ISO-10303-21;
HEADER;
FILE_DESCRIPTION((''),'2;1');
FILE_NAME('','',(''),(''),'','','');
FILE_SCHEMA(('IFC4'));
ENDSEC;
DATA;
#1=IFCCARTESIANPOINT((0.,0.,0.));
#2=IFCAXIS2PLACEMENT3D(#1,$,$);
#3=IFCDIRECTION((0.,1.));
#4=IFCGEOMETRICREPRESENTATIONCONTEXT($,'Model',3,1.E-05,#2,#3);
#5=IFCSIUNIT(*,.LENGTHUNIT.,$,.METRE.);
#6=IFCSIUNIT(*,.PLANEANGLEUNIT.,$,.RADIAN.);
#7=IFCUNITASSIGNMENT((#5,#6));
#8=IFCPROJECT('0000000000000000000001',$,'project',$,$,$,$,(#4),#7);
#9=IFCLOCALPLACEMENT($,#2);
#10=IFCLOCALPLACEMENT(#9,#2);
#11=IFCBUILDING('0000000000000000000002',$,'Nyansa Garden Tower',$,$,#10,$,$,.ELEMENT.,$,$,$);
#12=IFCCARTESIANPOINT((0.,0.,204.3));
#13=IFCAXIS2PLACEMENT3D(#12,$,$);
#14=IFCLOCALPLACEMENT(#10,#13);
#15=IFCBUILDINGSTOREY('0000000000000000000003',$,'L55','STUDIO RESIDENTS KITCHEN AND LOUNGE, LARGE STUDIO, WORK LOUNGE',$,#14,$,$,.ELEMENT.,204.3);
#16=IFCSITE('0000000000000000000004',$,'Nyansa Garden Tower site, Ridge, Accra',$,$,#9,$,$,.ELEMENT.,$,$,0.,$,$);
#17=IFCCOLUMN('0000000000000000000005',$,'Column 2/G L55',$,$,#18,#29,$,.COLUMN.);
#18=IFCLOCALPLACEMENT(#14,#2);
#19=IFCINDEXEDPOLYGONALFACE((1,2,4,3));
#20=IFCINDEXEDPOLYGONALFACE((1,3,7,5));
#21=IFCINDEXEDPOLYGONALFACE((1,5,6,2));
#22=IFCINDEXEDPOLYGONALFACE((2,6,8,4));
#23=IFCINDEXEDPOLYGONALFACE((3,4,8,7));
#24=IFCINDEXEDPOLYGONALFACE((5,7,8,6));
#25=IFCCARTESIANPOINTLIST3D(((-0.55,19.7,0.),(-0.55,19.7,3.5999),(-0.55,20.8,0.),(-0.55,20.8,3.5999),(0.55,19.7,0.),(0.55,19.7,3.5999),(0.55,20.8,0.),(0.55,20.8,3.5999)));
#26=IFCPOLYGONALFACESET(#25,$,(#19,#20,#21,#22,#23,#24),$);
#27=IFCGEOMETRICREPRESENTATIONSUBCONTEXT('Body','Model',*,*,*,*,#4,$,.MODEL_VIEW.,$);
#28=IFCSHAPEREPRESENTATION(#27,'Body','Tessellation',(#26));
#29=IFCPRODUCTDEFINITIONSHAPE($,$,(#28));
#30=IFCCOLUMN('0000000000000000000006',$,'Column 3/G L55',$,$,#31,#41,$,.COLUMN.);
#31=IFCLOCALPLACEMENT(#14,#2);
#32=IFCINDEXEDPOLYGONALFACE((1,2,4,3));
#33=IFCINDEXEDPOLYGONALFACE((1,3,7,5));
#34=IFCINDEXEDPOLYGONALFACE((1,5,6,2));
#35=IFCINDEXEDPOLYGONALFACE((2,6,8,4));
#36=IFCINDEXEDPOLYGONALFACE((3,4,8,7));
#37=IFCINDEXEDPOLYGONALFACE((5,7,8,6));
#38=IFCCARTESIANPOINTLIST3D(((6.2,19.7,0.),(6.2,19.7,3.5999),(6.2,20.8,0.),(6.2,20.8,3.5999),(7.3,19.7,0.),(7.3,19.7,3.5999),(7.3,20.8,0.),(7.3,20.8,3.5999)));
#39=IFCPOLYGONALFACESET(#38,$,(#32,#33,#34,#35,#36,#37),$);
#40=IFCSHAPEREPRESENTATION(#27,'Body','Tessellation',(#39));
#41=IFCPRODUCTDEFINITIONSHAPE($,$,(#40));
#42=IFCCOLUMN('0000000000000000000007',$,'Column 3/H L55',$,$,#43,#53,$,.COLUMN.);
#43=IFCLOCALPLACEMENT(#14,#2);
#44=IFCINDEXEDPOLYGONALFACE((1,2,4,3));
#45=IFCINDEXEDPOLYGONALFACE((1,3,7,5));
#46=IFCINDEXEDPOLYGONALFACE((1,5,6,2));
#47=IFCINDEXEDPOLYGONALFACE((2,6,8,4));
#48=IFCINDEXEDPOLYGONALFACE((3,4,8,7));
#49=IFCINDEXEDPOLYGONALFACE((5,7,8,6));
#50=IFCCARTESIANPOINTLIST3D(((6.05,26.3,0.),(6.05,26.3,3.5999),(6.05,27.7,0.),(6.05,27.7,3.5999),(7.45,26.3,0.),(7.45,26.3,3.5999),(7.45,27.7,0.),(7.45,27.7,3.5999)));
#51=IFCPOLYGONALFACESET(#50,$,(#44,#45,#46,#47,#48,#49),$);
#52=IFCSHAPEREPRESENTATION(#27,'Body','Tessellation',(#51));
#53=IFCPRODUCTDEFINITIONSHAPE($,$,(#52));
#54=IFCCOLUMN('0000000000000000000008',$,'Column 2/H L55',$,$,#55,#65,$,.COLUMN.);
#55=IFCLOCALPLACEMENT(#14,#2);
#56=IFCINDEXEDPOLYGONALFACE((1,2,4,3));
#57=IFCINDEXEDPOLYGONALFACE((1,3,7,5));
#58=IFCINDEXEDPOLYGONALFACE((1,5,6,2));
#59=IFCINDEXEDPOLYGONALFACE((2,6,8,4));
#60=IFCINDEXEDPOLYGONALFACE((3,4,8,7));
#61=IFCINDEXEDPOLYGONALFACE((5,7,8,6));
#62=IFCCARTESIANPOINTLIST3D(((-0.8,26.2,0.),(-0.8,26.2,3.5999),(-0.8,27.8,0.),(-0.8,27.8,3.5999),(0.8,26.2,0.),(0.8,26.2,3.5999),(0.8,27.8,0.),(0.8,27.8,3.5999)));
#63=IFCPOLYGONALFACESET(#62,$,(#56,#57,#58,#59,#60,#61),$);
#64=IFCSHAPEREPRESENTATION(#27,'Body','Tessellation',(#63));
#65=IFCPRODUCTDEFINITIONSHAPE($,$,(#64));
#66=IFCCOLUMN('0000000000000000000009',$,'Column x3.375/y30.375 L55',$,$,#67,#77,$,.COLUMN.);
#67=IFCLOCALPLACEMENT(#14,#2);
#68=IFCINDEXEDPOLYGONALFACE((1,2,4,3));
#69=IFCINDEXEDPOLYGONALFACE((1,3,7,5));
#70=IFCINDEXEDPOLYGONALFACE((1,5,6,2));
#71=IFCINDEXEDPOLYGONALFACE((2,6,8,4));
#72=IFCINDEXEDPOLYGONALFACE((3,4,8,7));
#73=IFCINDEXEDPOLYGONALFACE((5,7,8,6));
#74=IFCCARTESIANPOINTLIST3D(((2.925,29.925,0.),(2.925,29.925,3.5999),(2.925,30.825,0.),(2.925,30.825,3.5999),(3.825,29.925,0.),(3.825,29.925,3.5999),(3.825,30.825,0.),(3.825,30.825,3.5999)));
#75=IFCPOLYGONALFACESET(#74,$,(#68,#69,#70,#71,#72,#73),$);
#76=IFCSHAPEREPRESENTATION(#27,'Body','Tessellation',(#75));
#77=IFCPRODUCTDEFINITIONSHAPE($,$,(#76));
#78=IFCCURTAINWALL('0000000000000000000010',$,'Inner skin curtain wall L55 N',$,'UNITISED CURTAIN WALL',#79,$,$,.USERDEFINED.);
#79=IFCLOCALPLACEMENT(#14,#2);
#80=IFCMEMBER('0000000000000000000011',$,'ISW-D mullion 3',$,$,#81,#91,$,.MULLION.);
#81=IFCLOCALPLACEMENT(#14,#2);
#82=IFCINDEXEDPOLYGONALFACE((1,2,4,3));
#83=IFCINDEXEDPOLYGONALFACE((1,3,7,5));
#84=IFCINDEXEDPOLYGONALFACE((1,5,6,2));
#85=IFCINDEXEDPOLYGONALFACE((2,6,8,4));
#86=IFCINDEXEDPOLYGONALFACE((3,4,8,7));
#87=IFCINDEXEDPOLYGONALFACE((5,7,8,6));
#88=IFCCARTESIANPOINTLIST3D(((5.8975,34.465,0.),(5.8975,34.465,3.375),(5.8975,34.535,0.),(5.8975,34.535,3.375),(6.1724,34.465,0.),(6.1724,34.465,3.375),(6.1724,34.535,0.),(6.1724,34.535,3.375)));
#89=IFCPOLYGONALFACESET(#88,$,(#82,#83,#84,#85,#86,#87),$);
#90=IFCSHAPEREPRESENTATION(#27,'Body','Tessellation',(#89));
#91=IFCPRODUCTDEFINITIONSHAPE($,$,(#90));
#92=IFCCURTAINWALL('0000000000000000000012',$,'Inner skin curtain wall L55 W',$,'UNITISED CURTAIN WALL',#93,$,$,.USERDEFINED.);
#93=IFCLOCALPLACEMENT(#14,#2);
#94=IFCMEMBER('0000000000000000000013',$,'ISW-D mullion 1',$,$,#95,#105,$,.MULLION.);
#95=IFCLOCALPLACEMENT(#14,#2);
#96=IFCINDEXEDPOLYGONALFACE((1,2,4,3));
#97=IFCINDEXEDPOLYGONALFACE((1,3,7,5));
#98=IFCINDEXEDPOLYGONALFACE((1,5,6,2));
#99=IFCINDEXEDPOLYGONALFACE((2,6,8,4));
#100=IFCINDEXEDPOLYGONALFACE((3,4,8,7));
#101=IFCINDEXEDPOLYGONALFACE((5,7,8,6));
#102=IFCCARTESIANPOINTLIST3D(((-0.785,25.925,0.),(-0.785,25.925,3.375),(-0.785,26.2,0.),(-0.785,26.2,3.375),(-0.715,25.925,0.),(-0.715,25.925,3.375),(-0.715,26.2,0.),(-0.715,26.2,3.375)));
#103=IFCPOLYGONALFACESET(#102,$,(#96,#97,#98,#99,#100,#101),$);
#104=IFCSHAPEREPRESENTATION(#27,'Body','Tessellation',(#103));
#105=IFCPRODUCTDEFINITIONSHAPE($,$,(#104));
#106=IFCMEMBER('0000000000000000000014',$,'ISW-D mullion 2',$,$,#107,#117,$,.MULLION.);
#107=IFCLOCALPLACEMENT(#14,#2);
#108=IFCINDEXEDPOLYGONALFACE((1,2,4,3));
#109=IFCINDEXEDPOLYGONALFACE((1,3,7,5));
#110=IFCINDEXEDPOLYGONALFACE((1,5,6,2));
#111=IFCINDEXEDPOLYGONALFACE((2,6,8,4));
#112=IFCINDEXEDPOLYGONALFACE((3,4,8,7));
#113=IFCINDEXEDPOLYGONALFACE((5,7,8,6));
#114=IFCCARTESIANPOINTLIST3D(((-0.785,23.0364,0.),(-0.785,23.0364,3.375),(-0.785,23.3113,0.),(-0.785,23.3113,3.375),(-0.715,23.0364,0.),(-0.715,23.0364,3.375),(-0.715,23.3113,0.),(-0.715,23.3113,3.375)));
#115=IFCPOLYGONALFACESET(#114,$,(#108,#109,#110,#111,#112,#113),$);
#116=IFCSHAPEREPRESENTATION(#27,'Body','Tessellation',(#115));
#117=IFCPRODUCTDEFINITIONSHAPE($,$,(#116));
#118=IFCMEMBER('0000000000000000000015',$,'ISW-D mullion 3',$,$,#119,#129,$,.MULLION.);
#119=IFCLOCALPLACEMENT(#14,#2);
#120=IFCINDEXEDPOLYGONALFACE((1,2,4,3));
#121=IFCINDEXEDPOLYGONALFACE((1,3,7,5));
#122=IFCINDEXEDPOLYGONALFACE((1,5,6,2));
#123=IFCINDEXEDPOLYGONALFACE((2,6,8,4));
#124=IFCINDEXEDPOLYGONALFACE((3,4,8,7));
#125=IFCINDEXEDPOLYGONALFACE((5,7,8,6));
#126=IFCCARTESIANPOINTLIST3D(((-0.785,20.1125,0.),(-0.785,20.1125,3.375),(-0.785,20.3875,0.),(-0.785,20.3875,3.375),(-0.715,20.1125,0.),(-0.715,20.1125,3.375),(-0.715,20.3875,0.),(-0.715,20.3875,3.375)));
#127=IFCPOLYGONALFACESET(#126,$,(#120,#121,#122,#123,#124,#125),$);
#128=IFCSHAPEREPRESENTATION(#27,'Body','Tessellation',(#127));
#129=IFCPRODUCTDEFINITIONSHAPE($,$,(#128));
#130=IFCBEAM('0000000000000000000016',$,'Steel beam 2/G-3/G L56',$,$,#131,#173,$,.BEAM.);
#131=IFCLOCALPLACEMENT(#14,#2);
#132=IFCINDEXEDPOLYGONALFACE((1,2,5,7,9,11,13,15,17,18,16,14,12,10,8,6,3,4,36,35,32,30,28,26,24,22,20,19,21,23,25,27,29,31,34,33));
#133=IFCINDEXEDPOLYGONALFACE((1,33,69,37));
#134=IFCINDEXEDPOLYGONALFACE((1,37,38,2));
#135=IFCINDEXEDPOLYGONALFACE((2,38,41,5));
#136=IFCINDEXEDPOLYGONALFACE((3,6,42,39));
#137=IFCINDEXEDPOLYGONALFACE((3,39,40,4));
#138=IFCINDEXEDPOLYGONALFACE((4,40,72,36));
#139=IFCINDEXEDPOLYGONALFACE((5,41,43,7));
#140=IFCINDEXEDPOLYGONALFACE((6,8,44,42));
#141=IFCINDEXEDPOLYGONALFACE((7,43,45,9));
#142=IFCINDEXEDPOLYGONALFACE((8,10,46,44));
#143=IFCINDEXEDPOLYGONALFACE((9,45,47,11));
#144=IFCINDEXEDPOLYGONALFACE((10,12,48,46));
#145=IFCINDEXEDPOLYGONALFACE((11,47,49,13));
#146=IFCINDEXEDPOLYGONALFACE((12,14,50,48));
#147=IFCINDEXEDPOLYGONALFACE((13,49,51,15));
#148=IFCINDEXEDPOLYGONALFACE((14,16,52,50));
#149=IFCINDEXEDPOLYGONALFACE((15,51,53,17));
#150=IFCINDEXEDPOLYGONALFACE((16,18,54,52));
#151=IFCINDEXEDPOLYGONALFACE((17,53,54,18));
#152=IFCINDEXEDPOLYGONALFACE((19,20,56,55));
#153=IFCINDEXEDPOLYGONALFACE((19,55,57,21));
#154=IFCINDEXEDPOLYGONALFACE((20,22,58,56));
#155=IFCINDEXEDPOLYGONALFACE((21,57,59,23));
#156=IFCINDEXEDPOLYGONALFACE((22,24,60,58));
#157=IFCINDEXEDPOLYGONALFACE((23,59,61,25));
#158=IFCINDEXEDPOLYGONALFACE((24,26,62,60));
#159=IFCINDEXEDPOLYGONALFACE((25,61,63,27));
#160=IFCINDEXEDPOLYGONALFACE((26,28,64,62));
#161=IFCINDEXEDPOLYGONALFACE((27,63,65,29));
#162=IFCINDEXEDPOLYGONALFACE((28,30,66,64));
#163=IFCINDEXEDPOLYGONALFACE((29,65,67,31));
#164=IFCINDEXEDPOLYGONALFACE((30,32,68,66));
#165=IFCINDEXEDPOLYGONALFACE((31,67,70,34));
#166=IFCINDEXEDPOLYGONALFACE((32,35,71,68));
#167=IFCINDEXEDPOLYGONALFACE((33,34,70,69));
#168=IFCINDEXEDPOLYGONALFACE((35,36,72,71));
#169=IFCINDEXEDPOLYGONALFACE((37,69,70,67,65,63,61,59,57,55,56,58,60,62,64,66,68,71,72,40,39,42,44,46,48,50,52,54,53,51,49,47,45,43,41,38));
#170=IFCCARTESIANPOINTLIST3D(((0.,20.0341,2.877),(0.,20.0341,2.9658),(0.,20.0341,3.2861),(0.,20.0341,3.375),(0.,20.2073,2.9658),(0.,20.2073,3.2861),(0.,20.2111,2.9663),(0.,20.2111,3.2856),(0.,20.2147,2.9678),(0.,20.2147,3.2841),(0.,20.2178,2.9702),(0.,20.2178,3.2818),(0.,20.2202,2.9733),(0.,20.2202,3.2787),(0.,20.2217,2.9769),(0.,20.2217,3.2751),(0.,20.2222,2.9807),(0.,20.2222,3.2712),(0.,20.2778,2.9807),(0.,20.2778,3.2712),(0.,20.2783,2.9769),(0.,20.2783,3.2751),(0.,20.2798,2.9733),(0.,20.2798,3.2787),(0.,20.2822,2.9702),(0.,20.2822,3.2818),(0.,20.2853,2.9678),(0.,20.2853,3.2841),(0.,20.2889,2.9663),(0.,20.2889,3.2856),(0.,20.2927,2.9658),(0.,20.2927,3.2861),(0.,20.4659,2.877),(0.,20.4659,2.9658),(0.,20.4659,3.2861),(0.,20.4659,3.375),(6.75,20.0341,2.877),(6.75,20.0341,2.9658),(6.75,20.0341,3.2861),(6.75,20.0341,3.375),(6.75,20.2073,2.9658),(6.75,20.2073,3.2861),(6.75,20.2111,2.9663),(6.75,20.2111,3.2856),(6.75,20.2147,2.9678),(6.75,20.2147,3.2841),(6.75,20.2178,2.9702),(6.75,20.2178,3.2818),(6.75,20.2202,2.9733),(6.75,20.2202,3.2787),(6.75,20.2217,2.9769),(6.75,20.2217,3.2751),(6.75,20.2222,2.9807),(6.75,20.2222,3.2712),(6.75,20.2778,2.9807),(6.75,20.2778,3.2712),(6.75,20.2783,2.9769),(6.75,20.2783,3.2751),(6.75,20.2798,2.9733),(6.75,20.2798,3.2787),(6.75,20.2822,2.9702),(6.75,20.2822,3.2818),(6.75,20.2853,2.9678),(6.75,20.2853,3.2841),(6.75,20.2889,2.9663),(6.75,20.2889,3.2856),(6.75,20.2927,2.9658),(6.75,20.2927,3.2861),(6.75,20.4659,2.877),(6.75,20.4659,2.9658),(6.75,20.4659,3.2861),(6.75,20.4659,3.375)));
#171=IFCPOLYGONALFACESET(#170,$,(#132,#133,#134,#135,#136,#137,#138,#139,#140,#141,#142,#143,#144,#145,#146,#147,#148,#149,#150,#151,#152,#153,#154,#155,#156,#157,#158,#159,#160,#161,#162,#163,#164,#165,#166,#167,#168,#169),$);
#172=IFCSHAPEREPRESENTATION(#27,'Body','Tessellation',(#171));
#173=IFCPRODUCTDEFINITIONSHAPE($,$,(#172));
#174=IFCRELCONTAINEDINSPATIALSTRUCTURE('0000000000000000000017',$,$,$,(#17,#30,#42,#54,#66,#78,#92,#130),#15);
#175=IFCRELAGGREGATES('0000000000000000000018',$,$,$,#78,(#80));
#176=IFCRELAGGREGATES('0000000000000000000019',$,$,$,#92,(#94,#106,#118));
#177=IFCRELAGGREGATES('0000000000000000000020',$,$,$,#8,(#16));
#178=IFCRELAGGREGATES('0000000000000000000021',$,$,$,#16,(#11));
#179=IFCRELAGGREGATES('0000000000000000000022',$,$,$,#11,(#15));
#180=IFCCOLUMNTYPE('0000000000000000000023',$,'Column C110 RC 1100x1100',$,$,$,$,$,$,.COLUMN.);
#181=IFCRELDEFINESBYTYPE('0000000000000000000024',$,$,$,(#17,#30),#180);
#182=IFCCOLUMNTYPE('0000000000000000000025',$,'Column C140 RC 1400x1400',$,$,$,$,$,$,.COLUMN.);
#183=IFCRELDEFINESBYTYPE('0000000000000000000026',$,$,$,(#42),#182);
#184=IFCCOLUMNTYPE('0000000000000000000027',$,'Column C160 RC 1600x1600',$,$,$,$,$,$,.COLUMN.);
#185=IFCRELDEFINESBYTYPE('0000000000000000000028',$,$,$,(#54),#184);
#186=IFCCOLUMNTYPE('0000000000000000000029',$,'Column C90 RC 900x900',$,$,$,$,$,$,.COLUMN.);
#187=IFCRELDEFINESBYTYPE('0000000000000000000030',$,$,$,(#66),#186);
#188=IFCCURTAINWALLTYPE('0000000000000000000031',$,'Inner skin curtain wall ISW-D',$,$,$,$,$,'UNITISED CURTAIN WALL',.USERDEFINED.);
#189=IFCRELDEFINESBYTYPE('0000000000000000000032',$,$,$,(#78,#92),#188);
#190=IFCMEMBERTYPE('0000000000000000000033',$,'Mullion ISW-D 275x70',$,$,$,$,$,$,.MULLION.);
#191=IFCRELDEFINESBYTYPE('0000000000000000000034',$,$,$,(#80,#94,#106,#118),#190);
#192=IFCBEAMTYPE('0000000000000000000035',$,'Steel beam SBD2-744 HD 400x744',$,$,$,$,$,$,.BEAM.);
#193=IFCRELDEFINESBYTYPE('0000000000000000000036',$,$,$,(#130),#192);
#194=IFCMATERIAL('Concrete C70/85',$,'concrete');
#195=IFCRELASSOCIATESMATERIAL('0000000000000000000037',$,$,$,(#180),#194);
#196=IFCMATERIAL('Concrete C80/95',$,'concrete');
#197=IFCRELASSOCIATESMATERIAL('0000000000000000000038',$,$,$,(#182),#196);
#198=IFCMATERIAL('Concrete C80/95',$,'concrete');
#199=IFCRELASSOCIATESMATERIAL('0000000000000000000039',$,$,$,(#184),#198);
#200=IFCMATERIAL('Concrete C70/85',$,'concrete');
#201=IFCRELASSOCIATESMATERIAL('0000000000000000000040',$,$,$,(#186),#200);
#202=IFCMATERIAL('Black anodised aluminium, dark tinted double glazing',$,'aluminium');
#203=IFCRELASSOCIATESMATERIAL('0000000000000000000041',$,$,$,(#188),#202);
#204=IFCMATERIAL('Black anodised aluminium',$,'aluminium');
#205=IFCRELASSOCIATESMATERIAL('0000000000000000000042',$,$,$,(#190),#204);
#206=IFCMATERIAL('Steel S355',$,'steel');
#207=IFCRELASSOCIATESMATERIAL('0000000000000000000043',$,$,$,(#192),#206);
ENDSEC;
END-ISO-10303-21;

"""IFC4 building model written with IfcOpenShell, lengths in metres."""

from ifc_helpers import new_model, si_unit, direction, frame, origin, origin_2d, place, context, subcontext, project, spatial, rectangle, i_section, extrude, material, material_profile, profile_set, type_object, element, aggregate, save


model = new_model("IFC4")

# Units and contexts
model_context = context("Model", 3, precision=1e-05, world=origin(), true_north=direction((0.0, 1.0)))
body_context = subcontext(model_context, "Body", "Model", "MODEL_VIEW")
ifc_project = project(units=[si_unit("LENGTHUNIT", "METRE"), si_unit("PLANEANGLEUNIT", "RADIAN")], contexts=[model_context])

# Site, building, storey
site_placement = place(None, origin())
site = spatial("IfcSite", under=ifc_project, at=site_placement, Name="Nyansa Garden Tower site, Ridge, Accra", CompositionType="ELEMENT", RefElevation=0.0)
building_placement = place(site_placement, origin())
building = spatial("IfcBuilding", under=site, at=building_placement, Name="Nyansa Garden Tower", CompositionType="ELEMENT")
storey_placement = place(building_placement, frame((0.0, 0.0, 204.3)))
storey = spatial("IfcBuildingStorey", under=building, at=storey_placement, Name="L55", Description="STUDIO RESIDENTS KITCHEN AND LOUNGE, LARGE STUDIO, WORK LOUNGE", CompositionType="ELEMENT", Elevation=204.3)

# Columns
ifc_material_1 = material(Name="Concrete C70/85", Category="concrete")
ifc_material_profile_1 = material_profile(ifc_material_1, rectangle(XDim=1.1001, YDim=1.1001, at=origin_2d()), Name="RC 1100x1100")
ifc_profile_set_1 = profile_set([ifc_material_profile_1], Name="Concrete C70/85")
column_type_1 = type_object("IfcColumnType", Name="Column C110 RC 1100x1100", PredefinedType="COLUMN", material=ifc_profile_set_1)
for number, where, z_axis, x_axis, name in (
    (1, (0.0, 20.25, 0.0), (0.0, 0.0, 1.0), (1.0, 0.0, 0.0), "Column 2/G L55"),
    (2, (6.75, 20.25, 0.0), (0.0, 0.0, 1.0), (1.0, 0.0, 0.0), "Column 3/G L55"),
):
    element("IfcColumn", number, at=place(storey_placement, frame(where, z_axis=z_axis, x_axis=x_axis)), inside=storey, type_object=column_type_1, Name=name, PredefinedType="COLUMN", context=body_context, shape_type="SweptSolid", body=[
        extrude(rectangle(XDim=1.1001, YDim=1.1001, at=origin_2d()), origin(), (0.0, 0.0, 1.0), 3.5999),
    ])
ifc_material_2 = material(Name="Concrete C80/95", Category="concrete")
ifc_material_profile_2 = material_profile(ifc_material_2, rectangle(XDim=1.3999, YDim=1.3999, at=origin_2d()), Name="RC 1400x1400")
ifc_profile_set_2 = profile_set([ifc_material_profile_2], Name="Concrete C80/95")
column_type_2 = type_object("IfcColumnType", Name="Column C140 RC 1400x1400", PredefinedType="COLUMN", material=ifc_profile_set_2)
column_1_placement = place(storey_placement, frame((6.75, 27.0, 0.0), z_axis=(0.0, 0.0, 1.0), x_axis=(1.0, 0.0, 0.0)))
element("IfcColumn", 3, at=column_1_placement, inside=storey, type_object=column_type_2, Name="Column 3/H L55", PredefinedType="COLUMN", context=body_context, shape_type="SweptSolid", body=[
    extrude(rectangle(XDim=1.3999, YDim=1.3999, at=origin_2d()), origin(), (0.0, 0.0, 1.0), 3.5999),
])
ifc_material_3 = material(Name="Concrete C80/95", Category="concrete")
ifc_material_profile_3 = material_profile(ifc_material_3, rectangle(XDim=1.6001, YDim=1.6001, at=origin_2d()), Name="RC 1600x1600")
ifc_profile_set_3 = profile_set([ifc_material_profile_3], Name="Concrete C80/95")
column_type_3 = type_object("IfcColumnType", Name="Column C160 RC 1600x1600", PredefinedType="COLUMN", material=ifc_profile_set_3)
column_2_placement = place(storey_placement, frame((0.0, 27.0, 0.0), z_axis=(0.0, 0.0, 1.0), x_axis=(1.0, 0.0, 0.0)))
element("IfcColumn", 4, at=column_2_placement, inside=storey, type_object=column_type_3, Name="Column 2/H L55", PredefinedType="COLUMN", context=body_context, shape_type="SweptSolid", body=[
    extrude(rectangle(XDim=1.6001, YDim=1.6001, at=origin_2d()), origin(), (0.0, 0.0, 1.0), 3.5999),
])
ifc_material_4 = material(Name="Concrete C70/85", Category="concrete")
ifc_material_profile_4 = material_profile(ifc_material_4, rectangle(XDim=0.8999, YDim=0.8999, at=origin_2d()), Name="RC 900x900")
ifc_profile_set_4 = profile_set([ifc_material_profile_4], Name="Concrete C70/85")
column_type_4 = type_object("IfcColumnType", Name="Column C90 RC 900x900", PredefinedType="COLUMN", material=ifc_profile_set_4)
column_3_placement = place(storey_placement, frame((3.375, 30.375, 0.0), z_axis=(0.0, 0.0, 1.0), x_axis=(1.0, 0.0, 0.0)))
element("IfcColumn", 5, at=column_3_placement, inside=storey, type_object=column_type_4, Name="Column x3.375/y30.375 L55", PredefinedType="COLUMN", context=body_context, shape_type="SweptSolid", body=[
    extrude(rectangle(XDim=0.8999, YDim=0.8999, at=origin_2d()), origin(), (0.0, 0.0, 1.0), 3.5999),
])

# Curtain wall, member
ifc_material_5 = material(Name="Black anodised aluminium, dark tinted double glazing", Category="aluminium")
curtain_wall_type = type_object("IfcCurtainWallType", Name="Inner skin curtain wall ISW-D", ElementType="UNITISED CURTAIN WALL", PredefinedType="USERDEFINED", material=ifc_material_5)
curtain_wall_1_placement = place(storey_placement, origin())
curtain_wall_1 = element("IfcCurtainWall", 6, at=curtain_wall_1_placement, inside=storey, type_object=curtain_wall_type, Name="Inner skin curtain wall L55 N", ObjectType="UNITISED CURTAIN WALL", PredefinedType="USERDEFINED")
ifc_material_6 = material(Name="Black anodised aluminium", Category="aluminium")
ifc_material_profile_5 = material_profile(ifc_material_6, rectangle(XDim=0.0701, YDim=0.2749, at=origin_2d()), Name="Mullion 275x70")
ifc_profile_set_5 = profile_set([ifc_material_profile_5], Name="Black anodised aluminium")
member_type_1 = type_object("IfcMemberType", Name="Mullion ISW-D 275x70", PredefinedType="MULLION", material=ifc_profile_set_5)
member_1_placement = place(storey_placement, frame((6.0349, 34.5, 0.0), z_axis=(0.0, 0.0, 1.0), x_axis=(0.0, -1.0, 0.0)))
member_1 = element("IfcMember", 7, at=member_1_placement, type_object=member_type_1, Name="ISW-D mullion 3", PredefinedType="MULLION", context=body_context, shape_type="SweptSolid", body=[
    extrude(rectangle(XDim=0.0701, YDim=0.2749, at=origin_2d()), origin(), (0.0, 0.0, 1.0), 3.375),
])
aggregate(curtain_wall_1, [member_1])

# Curtain wall, members
curtain_wall_2_placement = place(storey_placement, origin())
curtain_wall_2 = element("IfcCurtainWall", 8, at=curtain_wall_2_placement, inside=storey, type_object=curtain_wall_type, Name="Inner skin curtain wall L55 W", ObjectType="UNITISED CURTAIN WALL", PredefinedType="USERDEFINED")
member_2_placement = place(storey_placement, frame((-0.75, 26.0625, 0.0), z_axis=(0.0, 0.0, 1.0), x_axis=(1.0, 0.0, 0.0)))
member_2 = element("IfcMember", 9, at=member_2_placement, type_object=member_type_1, Name="ISW-D mullion 1", PredefinedType="MULLION", context=body_context, shape_type="SweptSolid", body=[
    extrude(rectangle(XDim=0.0701, YDim=0.2749, at=origin_2d()), origin(), (0.0, 0.0, 1.0), 3.375),
])
member_3_placement = place(storey_placement, frame((-0.75, 23.1738, 0.0), z_axis=(0.0, 0.0, 1.0), x_axis=(1.0, 0.0, 0.0)))
member_3 = element("IfcMember", 10, at=member_3_placement, type_object=member_type_1, Name="ISW-D mullion 2", PredefinedType="MULLION", context=body_context, shape_type="SweptSolid", body=[
    extrude(rectangle(XDim=0.0701, YDim=0.2749, at=origin_2d()), origin(), (0.0, 0.0, 1.0), 3.375),
])
member_4_placement = place(storey_placement, frame((-0.75, 20.25, 0.0), z_axis=(0.0, 0.0, 1.0), x_axis=(1.0, 0.0, 0.0)))
member_4 = element("IfcMember", 11, at=member_4_placement, type_object=member_type_1, Name="ISW-D mullion 3", PredefinedType="MULLION", context=body_context, shape_type="SweptSolid", body=[
    extrude(rectangle(XDim=0.0701, YDim=0.2749, at=origin_2d()), origin(), (0.0, 0.0, 1.0), 3.375),
])

# Beam
ifc_material_7 = material(Name="Steel S355", Category="steel")
ifc_material_profile_6 = material_profile(ifc_material_7, i_section(OverallWidth=0.4319, OverallDepth=0.498, WebThickness=0.0557, FlangeThickness=0.0889, FilletRadius=0.0149, at=origin_2d()), Name="HD 400x744")
ifc_profile_set_6 = profile_set([ifc_material_profile_6], Name="Steel S355")
beam_type_1 = type_object("IfcBeamType", Name="Steel beam SBD2-744 HD 400x744", PredefinedType="BEAM", material=ifc_profile_set_6)
for number, where, z_axis, x_axis, name in (
    (12, (0.0, 20.25, 3.126), (1.0, 0.0, 0.0), (0.0, 1.0, 0.0), "Steel beam 2/G-3/G L56"),
):
    element("IfcBeam", number, at=place(storey_placement, frame(where, z_axis=z_axis, x_axis=x_axis)), inside=storey, type_object=beam_type_1, Name=name, PredefinedType="BEAM", context=body_context, shape_type="SweptSolid", body=[
        extrude(i_section(OverallWidth=0.4319, OverallDepth=0.498, WebThickness=0.0557, FlangeThickness=0.0889, FilletRadius=0.0149, at=origin_2d()), origin(), (0.0, 0.0, 1.0), 6.75),
    ])

aggregate(curtain_wall_2, [member_2, member_3, member_4])

save(model, "model.ifc")
